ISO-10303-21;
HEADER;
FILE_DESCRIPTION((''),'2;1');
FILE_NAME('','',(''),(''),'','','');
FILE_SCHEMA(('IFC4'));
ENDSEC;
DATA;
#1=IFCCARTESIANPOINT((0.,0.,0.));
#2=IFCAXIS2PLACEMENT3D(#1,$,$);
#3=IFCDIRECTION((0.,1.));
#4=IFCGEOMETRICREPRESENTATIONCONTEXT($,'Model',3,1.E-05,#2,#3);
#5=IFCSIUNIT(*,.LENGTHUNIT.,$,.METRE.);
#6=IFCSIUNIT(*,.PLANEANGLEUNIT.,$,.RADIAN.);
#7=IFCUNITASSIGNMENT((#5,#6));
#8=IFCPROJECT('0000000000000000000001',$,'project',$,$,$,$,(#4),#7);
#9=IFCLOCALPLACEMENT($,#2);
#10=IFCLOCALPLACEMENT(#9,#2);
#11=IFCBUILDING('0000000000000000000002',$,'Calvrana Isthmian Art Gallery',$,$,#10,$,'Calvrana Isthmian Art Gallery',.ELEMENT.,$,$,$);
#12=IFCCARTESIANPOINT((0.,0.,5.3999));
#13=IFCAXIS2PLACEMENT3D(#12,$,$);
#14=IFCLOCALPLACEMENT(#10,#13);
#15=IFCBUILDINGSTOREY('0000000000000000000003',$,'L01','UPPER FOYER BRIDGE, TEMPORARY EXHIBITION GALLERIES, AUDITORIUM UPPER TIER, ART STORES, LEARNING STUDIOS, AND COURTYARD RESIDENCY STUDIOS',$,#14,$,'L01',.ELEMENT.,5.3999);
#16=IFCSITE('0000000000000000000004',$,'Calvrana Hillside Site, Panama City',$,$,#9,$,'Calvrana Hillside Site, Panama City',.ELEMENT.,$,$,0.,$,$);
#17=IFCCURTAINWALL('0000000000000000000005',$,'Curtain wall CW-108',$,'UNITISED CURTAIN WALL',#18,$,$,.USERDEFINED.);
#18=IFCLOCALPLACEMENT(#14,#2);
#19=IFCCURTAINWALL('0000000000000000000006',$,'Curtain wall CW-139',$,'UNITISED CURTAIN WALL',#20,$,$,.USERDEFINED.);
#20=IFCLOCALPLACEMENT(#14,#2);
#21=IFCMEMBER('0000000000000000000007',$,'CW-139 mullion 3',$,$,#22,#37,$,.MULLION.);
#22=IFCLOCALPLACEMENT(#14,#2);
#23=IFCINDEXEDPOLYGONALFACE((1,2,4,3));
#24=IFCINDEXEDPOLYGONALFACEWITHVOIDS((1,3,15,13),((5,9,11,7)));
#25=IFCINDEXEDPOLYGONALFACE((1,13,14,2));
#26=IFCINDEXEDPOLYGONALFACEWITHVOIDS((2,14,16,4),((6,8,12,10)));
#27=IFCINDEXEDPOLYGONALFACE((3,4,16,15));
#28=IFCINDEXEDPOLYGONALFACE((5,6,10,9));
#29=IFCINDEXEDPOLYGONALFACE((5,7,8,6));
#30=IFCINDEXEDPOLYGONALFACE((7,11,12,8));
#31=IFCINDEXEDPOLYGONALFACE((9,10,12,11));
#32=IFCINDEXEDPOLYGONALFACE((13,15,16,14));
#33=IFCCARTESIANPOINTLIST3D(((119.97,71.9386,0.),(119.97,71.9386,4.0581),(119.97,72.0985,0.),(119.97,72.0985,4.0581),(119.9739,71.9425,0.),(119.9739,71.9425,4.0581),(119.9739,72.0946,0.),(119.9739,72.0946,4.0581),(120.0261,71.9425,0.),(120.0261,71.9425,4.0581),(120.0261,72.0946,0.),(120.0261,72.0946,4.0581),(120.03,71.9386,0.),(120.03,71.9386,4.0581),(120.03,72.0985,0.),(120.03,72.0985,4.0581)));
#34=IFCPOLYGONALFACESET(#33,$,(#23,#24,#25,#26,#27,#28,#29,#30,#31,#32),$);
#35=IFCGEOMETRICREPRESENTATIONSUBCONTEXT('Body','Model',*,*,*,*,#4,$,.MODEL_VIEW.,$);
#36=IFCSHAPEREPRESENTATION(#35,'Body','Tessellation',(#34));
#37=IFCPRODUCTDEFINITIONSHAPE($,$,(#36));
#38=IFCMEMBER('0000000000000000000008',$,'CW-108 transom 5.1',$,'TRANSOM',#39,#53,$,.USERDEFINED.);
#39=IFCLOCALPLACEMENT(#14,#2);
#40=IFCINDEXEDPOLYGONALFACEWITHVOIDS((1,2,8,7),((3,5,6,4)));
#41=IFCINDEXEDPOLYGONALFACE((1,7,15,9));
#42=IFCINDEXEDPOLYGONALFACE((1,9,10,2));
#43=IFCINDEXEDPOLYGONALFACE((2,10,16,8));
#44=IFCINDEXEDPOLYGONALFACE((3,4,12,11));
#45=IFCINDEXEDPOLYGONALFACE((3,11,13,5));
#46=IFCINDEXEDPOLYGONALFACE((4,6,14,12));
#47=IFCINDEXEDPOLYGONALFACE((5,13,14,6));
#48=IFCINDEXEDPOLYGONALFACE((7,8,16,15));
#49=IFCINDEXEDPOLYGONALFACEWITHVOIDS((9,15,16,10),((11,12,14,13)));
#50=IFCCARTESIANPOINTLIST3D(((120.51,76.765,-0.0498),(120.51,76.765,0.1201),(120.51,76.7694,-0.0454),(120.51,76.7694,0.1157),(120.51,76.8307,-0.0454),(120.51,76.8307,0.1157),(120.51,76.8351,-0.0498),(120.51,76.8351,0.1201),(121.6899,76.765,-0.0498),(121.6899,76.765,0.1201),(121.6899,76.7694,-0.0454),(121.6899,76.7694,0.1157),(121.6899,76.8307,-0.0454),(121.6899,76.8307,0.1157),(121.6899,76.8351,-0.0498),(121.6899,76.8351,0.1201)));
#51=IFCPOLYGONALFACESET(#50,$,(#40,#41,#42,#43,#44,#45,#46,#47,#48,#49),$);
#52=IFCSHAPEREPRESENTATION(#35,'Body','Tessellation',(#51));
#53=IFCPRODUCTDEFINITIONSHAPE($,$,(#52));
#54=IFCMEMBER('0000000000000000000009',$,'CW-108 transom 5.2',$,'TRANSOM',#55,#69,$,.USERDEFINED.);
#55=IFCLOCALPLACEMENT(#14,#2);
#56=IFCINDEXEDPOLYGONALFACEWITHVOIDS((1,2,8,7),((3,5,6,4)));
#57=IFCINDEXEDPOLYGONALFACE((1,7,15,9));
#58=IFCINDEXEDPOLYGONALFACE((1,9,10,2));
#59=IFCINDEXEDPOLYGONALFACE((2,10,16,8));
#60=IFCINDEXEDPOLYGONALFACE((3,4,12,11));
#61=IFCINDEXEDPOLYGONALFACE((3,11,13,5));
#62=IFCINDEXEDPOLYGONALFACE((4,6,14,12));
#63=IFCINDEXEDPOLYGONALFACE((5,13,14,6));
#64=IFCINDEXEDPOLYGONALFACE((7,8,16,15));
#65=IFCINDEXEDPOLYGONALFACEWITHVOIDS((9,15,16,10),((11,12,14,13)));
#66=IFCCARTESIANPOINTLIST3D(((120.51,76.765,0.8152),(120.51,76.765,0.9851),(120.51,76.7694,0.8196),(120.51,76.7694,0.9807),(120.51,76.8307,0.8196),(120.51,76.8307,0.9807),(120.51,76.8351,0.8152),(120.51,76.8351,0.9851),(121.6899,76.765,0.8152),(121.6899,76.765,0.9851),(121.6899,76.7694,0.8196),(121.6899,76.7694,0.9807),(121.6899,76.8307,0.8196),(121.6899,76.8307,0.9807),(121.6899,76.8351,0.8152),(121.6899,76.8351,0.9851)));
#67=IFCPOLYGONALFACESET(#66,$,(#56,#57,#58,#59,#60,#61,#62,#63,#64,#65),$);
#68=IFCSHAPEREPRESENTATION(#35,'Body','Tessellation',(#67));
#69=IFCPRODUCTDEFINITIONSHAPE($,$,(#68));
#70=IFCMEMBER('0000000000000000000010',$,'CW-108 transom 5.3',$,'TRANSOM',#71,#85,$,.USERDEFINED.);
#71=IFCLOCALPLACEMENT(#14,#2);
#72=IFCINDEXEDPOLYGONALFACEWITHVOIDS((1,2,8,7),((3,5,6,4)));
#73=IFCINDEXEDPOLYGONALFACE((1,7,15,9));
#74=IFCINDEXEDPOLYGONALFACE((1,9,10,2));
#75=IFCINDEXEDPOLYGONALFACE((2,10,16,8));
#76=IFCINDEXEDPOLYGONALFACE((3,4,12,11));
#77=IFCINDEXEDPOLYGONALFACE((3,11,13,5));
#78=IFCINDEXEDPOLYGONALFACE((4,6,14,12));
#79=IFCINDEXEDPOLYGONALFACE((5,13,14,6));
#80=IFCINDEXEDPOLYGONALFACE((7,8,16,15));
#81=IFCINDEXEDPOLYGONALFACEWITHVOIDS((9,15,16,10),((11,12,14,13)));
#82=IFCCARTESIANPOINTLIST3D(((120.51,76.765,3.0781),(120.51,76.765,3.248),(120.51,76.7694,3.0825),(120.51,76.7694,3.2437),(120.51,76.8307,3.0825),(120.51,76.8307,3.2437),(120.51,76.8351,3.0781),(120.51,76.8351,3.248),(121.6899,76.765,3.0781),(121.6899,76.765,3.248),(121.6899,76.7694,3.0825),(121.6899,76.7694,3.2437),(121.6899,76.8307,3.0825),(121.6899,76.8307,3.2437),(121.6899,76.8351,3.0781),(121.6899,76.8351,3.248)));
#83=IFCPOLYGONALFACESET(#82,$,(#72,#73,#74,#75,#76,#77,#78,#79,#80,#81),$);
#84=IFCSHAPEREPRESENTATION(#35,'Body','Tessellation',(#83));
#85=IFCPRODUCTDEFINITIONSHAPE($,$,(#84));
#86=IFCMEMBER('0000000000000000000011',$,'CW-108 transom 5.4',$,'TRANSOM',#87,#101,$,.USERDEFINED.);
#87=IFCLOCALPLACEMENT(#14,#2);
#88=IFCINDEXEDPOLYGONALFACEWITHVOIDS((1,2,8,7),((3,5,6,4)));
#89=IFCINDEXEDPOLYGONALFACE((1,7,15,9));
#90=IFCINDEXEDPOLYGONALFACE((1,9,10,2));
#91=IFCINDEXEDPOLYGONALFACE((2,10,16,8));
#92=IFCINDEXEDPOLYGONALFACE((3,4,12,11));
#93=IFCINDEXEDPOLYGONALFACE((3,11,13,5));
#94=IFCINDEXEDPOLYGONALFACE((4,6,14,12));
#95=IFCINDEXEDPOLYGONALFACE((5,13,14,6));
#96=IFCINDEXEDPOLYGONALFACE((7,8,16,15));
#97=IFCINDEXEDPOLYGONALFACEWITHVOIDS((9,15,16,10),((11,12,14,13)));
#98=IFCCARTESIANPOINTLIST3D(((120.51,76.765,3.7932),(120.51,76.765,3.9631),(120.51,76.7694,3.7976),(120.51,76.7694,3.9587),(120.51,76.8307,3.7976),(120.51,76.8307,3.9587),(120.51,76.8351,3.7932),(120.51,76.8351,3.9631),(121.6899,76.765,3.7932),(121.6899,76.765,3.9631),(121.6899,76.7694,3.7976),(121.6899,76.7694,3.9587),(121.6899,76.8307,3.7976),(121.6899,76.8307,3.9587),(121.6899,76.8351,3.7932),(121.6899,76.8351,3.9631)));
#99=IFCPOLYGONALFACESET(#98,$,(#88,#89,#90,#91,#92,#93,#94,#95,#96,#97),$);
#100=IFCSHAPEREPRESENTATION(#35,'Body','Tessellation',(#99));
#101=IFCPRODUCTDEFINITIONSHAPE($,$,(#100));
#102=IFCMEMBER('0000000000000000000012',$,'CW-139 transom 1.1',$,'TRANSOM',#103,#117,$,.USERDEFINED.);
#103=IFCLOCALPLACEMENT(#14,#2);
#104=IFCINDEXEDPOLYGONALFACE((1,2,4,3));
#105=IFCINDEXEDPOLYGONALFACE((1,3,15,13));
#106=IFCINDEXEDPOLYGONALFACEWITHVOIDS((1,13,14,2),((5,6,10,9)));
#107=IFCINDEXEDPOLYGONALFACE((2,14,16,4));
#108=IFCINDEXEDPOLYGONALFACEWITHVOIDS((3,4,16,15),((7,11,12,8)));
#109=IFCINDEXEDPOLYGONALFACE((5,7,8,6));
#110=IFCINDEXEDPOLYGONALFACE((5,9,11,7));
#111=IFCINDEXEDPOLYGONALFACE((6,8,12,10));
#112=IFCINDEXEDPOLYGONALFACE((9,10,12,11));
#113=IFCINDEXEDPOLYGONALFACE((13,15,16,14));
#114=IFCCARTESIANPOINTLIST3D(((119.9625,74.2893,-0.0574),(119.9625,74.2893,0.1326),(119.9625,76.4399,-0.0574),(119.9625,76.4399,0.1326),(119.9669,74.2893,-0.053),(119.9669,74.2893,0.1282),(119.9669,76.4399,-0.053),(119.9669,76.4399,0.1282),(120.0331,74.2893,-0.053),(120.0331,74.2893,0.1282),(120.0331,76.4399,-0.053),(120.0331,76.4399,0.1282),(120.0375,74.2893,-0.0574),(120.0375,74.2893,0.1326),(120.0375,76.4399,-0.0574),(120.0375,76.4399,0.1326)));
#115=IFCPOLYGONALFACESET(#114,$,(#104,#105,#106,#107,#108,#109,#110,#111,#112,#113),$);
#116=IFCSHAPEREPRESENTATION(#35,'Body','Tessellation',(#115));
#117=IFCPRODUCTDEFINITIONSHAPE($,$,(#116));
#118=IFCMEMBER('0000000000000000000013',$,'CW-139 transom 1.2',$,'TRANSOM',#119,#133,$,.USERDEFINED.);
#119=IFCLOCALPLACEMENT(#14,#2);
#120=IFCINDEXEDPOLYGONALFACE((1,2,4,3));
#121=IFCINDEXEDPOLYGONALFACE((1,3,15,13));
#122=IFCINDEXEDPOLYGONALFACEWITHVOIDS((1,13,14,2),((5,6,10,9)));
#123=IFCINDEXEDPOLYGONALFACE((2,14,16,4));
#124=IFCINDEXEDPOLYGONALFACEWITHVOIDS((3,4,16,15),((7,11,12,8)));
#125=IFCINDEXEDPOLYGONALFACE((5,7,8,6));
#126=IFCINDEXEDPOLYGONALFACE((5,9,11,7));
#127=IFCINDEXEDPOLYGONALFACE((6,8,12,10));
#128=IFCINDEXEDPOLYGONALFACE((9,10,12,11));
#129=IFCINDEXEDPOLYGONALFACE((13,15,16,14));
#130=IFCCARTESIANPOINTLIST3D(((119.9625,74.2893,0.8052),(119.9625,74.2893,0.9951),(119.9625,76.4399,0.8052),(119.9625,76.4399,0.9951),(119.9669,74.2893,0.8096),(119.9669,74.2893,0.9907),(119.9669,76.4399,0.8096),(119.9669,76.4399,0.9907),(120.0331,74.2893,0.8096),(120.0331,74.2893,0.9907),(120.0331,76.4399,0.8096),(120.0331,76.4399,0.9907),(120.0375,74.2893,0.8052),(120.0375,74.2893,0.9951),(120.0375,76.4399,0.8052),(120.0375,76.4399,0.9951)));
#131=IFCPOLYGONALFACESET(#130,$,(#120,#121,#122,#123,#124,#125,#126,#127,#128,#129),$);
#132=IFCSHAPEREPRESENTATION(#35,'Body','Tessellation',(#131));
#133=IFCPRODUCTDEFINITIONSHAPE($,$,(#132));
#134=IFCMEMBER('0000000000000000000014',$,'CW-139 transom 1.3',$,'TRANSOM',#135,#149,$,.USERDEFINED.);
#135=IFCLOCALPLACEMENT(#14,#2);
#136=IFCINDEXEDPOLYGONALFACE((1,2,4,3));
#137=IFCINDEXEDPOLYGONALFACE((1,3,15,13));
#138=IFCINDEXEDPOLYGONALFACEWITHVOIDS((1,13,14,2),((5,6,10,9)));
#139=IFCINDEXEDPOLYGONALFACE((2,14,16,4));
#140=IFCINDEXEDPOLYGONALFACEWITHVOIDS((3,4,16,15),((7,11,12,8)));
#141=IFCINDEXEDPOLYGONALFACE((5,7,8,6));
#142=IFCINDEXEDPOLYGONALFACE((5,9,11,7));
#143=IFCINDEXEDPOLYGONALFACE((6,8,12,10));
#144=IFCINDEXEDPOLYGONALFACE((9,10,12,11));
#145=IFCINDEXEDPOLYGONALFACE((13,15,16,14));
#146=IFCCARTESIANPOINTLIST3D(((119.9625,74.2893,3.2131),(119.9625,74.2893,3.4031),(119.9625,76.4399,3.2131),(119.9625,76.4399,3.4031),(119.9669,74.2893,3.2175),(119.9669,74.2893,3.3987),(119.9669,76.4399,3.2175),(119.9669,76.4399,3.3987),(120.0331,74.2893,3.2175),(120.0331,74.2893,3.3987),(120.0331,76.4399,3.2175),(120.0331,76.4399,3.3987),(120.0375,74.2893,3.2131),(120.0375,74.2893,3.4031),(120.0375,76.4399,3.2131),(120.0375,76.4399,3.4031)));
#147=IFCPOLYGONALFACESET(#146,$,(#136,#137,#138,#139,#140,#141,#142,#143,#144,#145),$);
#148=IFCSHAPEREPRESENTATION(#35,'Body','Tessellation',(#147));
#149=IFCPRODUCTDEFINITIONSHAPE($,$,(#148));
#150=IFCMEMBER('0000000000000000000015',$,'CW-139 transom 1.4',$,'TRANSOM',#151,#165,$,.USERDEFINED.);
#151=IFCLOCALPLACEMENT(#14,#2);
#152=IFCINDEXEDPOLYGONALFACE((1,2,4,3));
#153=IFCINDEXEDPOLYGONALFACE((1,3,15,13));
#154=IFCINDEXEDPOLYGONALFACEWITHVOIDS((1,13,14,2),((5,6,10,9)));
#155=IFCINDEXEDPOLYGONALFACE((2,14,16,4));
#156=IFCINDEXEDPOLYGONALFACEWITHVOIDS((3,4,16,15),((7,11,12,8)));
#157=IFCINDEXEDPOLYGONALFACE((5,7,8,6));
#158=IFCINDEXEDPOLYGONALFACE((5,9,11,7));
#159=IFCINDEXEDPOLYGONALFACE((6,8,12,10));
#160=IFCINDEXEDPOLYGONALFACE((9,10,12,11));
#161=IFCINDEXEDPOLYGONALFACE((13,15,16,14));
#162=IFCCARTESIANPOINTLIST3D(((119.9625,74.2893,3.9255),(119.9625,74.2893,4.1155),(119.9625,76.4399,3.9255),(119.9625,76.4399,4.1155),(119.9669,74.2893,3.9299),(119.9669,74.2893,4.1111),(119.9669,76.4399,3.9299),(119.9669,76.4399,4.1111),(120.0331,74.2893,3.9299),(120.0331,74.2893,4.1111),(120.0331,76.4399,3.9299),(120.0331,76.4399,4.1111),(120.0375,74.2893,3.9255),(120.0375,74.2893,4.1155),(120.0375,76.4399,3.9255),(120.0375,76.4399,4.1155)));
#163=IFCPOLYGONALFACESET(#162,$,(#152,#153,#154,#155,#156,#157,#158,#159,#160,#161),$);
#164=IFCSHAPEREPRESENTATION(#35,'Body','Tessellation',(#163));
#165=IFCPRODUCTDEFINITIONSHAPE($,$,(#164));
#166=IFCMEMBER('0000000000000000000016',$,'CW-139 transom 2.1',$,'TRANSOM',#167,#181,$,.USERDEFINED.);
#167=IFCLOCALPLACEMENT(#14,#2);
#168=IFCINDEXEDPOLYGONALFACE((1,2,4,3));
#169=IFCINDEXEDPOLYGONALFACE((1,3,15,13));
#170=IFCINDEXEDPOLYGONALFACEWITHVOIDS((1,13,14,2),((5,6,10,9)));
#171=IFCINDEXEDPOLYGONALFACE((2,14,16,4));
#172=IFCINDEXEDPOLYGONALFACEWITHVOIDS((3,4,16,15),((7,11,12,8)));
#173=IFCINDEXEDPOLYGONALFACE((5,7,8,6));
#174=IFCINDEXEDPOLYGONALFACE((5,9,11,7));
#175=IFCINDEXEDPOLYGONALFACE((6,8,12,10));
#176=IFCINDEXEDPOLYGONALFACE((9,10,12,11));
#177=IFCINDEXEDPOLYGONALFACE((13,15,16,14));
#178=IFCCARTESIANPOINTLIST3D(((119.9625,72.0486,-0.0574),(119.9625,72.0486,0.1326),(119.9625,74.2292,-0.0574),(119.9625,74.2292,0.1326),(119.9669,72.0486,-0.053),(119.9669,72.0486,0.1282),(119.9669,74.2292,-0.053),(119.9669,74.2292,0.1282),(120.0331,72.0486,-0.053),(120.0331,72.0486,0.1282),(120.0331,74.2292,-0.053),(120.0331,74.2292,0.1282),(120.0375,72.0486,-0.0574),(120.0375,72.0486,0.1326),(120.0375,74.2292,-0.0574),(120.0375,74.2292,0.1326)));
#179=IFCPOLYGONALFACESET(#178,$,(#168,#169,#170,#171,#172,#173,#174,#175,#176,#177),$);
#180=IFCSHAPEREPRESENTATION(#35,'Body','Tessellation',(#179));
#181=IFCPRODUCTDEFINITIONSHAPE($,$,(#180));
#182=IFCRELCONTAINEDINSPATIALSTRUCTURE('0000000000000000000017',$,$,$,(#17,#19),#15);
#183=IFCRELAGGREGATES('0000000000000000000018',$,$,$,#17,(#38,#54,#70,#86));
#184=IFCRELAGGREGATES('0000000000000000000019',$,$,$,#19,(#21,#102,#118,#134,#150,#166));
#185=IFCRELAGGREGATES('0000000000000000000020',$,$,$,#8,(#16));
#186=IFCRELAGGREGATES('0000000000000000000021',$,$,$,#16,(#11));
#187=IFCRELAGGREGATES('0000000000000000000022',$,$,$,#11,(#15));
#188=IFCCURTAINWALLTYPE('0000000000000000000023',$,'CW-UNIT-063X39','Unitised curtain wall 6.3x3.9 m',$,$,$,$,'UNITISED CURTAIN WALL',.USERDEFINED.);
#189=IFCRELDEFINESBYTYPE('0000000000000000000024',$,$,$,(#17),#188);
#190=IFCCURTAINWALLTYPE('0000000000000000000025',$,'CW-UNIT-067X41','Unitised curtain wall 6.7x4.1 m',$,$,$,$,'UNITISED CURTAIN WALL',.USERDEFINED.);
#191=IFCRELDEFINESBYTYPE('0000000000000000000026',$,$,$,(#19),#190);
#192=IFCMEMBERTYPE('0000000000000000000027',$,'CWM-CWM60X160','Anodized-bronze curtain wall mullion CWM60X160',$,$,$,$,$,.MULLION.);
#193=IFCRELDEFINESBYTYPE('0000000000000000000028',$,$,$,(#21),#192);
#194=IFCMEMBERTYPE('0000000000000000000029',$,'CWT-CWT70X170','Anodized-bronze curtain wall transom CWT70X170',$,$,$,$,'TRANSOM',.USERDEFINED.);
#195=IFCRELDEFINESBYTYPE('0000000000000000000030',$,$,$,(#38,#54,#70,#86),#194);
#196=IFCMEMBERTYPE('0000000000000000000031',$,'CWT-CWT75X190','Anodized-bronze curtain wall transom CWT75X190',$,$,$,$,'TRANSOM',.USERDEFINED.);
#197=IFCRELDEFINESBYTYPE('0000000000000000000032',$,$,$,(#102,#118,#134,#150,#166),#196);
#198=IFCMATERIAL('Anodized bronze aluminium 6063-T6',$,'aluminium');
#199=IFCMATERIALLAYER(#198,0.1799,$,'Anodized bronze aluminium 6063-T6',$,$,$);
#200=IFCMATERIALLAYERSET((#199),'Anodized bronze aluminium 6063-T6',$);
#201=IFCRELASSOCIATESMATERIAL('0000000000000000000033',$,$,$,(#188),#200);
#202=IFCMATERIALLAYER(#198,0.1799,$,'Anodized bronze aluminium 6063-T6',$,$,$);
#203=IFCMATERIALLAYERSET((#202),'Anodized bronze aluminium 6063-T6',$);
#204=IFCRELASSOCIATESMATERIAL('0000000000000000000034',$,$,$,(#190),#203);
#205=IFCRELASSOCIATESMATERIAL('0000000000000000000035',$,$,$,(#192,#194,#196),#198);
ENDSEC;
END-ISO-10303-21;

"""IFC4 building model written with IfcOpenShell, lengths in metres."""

from ifc_helpers import new_model, si_unit, direction, frame, origin, origin_2d, place, context, subcontext, project, spatial, hollow_rectangle, extrude, material, layer, layer_set, material_profile, profile_set, type_object, element, aggregate, save


model = new_model("IFC4")

# Units and contexts
model_context = context("Model", 3, precision=1e-05, world=origin(), true_north=direction((0.0, 1.0)))
body_context = subcontext(model_context, "Body", "Model", "MODEL_VIEW")
ifc_project = project(units=[si_unit("LENGTHUNIT", "METRE"), si_unit("PLANEANGLEUNIT", "RADIAN")], contexts=[model_context])

# Site, building, storey
site_placement = place(None, origin())
site = spatial("IfcSite", under=ifc_project, at=site_placement, Name="Calvrana Hillside Site, Panama City", LongName="Calvrana Hillside Site, Panama City", CompositionType="ELEMENT", RefElevation=0.0)
building_placement = place(site_placement, origin())
building = spatial("IfcBuilding", under=site, at=building_placement, Name="Calvrana Isthmian Art Gallery", LongName="Calvrana Isthmian Art Gallery", CompositionType="ELEMENT")
storey_placement = place(building_placement, frame((0.0, 0.0, 5.3999)))
storey = spatial("IfcBuildingStorey", under=building, at=storey_placement, Name="L01", Description="UPPER FOYER BRIDGE, TEMPORARY EXHIBITION GALLERIES, AUDITORIUM UPPER TIER, ART STORES, LEARNING STUDIOS, AND COURTYARD RESIDENCY STUDIOS", LongName="L01", CompositionType="ELEMENT", Elevation=5.3999)

# Curtain walls, member
ifc_material_1 = material(Name="Anodized bronze aluminium 6063-T6", Category="aluminium")
ifc_layer_1 = layer(ifc_material_1, 0.1799, Name="Anodized bronze aluminium 6063-T6")
ifc_layer_set_1 = layer_set([ifc_layer_1], Name="Anodized bronze aluminium 6063-T6")
curtain_wall_type_1 = type_object("IfcCurtainWallType", Name="CW-UNIT-063X39", Description="Unitised curtain wall 6.3x3.9 m", ElementType="UNITISED CURTAIN WALL", PredefinedType="USERDEFINED", material=ifc_layer_set_1)
curtain_wall_1_placement = place(storey_placement, origin())
curtain_wall_1 = element("IfcCurtainWall", 1, at=curtain_wall_1_placement, inside=storey, type_object=curtain_wall_type_1, Name="Curtain wall CW-108", ObjectType="UNITISED CURTAIN WALL", PredefinedType="USERDEFINED")
ifc_layer_2 = layer(ifc_material_1, 0.1799, Name="Anodized bronze aluminium 6063-T6")
ifc_layer_set_2 = layer_set([ifc_layer_2], Name="Anodized bronze aluminium 6063-T6")
curtain_wall_type_2 = type_object("IfcCurtainWallType", Name="CW-UNIT-067X41", Description="Unitised curtain wall 6.7x4.1 m", ElementType="UNITISED CURTAIN WALL", PredefinedType="USERDEFINED", material=ifc_layer_set_2)
curtain_wall_2_placement = place(storey_placement, origin())
curtain_wall_2 = element("IfcCurtainWall", 2, at=curtain_wall_2_placement, inside=storey, type_object=curtain_wall_type_2, Name="Curtain wall CW-139", ObjectType="UNITISED CURTAIN WALL", PredefinedType="USERDEFINED")
ifc_material_profile_1 = material_profile(ifc_material_1, hollow_rectangle(XDim=0.0601, YDim=0.1599, WallThickness=0.0039, at=origin_2d()), Name="CWM60X160")
ifc_profile_set_1 = profile_set([ifc_material_profile_1], Name="Anodized bronze aluminium 6063-T6")
member_type_1 = type_object("IfcMemberType", Name="CWM-CWM60X160", Description="Anodized-bronze curtain wall mullion CWM60X160", PredefinedType="MULLION", material=ifc_profile_set_1)
member_1_placement = place(storey_placement, frame((120.0, 72.0186, 0.0), z_axis=(0.0, 0.0, 1.0), x_axis=(1.0, 0.0, 0.0)))
member_1 = element("IfcMember", 3, at=member_1_placement, type_object=member_type_1, Name="CW-139 mullion 3", PredefinedType="MULLION", context=body_context, shape_type="SweptSolid", body=[
    extrude(hollow_rectangle(XDim=0.0601, YDim=0.1599, WallThickness=0.0039, at=origin_2d()), origin(), (0.0, 0.0, 1.0), 4.0581),
])

# Members
ifc_material_profile_2 = material_profile(ifc_material_1, hollow_rectangle(XDim=0.0701, YDim=0.1699, WallThickness=0.0044, at=origin_2d()), Name="CWT70X170")
ifc_profile_set_2 = profile_set([ifc_material_profile_2], Name="Anodized bronze aluminium 6063-T6")
member_type_2 = type_object("IfcMemberType", Name="CWT-CWT70X170", Description="Anodized-bronze curtain wall transom CWT70X170", ElementType="TRANSOM", PredefinedType="USERDEFINED", material=ifc_profile_set_2)
member_2_placement = place(storey_placement, frame((121.6899, 76.8, 0.0352), z_axis=(-1.0, 0.0, 0.0), x_axis=(0.0, -1.0, 0.0)))
member_2 = element("IfcMember", 4, at=member_2_placement, type_object=member_type_2, Name="CW-108 transom 5.1", ObjectType="TRANSOM", PredefinedType="USERDEFINED", context=body_context, shape_type="SweptSolid", body=[
    extrude(hollow_rectangle(XDim=0.0701, YDim=0.1699, WallThickness=0.0044, at=origin_2d()), origin(), (0.0, 0.0, 1.0), 1.1799),
])
member_3_placement = place(storey_placement, frame((121.6899, 76.8, 0.9001), z_axis=(-1.0, 0.0, 0.0), x_axis=(0.0, -1.0, 0.0)))
member_3 = element("IfcMember", 5, at=member_3_placement, type_object=member_type_2, Name="CW-108 transom 5.2", ObjectType="TRANSOM", PredefinedType="USERDEFINED", context=body_context, shape_type="SweptSolid", body=[
    extrude(hollow_rectangle(XDim=0.0701, YDim=0.1699, WallThickness=0.0044, at=origin_2d()), origin(), (0.0, 0.0, 1.0), 1.1799),
])
member_4_placement = place(storey_placement, frame((121.6899, 76.8, 3.1631), z_axis=(-1.0, 0.0, 0.0), x_axis=(0.0, -1.0, 0.0)))
member_4 = element("IfcMember", 6, at=member_4_placement, type_object=member_type_2, Name="CW-108 transom 5.3", ObjectType="TRANSOM", PredefinedType="USERDEFINED", context=body_context, shape_type="SweptSolid", body=[
    extrude(hollow_rectangle(XDim=0.0701, YDim=0.1699, WallThickness=0.0044, at=origin_2d()), origin(), (0.0, 0.0, 1.0), 1.1799),
])
member_5_placement = place(storey_placement, frame((121.6899, 76.8, 3.8782), z_axis=(-1.0, 0.0, 0.0), x_axis=(0.0, -1.0, 0.0)))
member_5 = element("IfcMember", 7, at=member_5_placement, type_object=member_type_2, Name="CW-108 transom 5.4", ObjectType="TRANSOM", PredefinedType="USERDEFINED", context=body_context, shape_type="SweptSolid", body=[
    extrude(hollow_rectangle(XDim=0.0701, YDim=0.1699, WallThickness=0.0044, at=origin_2d()), origin(), (0.0, 0.0, 1.0), 1.1799),
])
ifc_material_profile_3 = material_profile(ifc_material_1, hollow_rectangle(XDim=0.075, YDim=0.1899, WallThickness=0.0044, at=origin_2d()), Name="CWT75X190")
ifc_profile_set_3 = profile_set([ifc_material_profile_3], Name="Anodized bronze aluminium 6063-T6")
member_type_3 = type_object("IfcMemberType", Name="CWT-CWT75X190", Description="Anodized-bronze curtain wall transom CWT75X190", ElementType="TRANSOM", PredefinedType="USERDEFINED", material=ifc_profile_set_3)
member_6_placement = place(storey_placement, frame((120.0, 76.4399, 0.0376), z_axis=(0.0, -1.0, 0.0), x_axis=(1.0, 0.0, 0.0)))
member_6 = element("IfcMember", 8, at=member_6_placement, type_object=member_type_3, Name="CW-139 transom 1.1", ObjectType="TRANSOM", PredefinedType="USERDEFINED", context=body_context, shape_type="SweptSolid", body=[
    extrude(hollow_rectangle(XDim=0.075, YDim=0.1899, WallThickness=0.0044, at=origin_2d()), origin(), (0.0, 0.0, 1.0), 2.1506),
])
member_7_placement = place(storey_placement, frame((120.0, 76.4399, 0.9001), z_axis=(0.0, -1.0, 0.0), x_axis=(1.0, 0.0, 0.0)))
member_7 = element("IfcMember", 9, at=member_7_placement, type_object=member_type_3, Name="CW-139 transom 1.2", ObjectType="TRANSOM", PredefinedType="USERDEFINED", context=body_context, shape_type="SweptSolid", body=[
    extrude(hollow_rectangle(XDim=0.075, YDim=0.1899, WallThickness=0.0044, at=origin_2d()), origin(), (0.0, 0.0, 1.0), 2.1506),
])
member_8_placement = place(storey_placement, frame((120.0, 76.4399, 3.3081), z_axis=(0.0, -1.0, 0.0), x_axis=(1.0, 0.0, 0.0)))
member_8 = element("IfcMember", 10, at=member_8_placement, type_object=member_type_3, Name="CW-139 transom 1.3", ObjectType="TRANSOM", PredefinedType="USERDEFINED", context=body_context, shape_type="SweptSolid", body=[
    extrude(hollow_rectangle(XDim=0.075, YDim=0.1899, WallThickness=0.0044, at=origin_2d()), origin(), (0.0, 0.0, 1.0), 2.1506),
])
member_9_placement = place(storey_placement, frame((120.0, 76.4399, 4.0205), z_axis=(0.0, -1.0, 0.0), x_axis=(1.0, 0.0, 0.0)))
member_9 = element("IfcMember", 11, at=member_9_placement, type_object=member_type_3, Name="CW-139 transom 1.4", ObjectType="TRANSOM", PredefinedType="USERDEFINED", context=body_context, shape_type="SweptSolid", body=[
    extrude(hollow_rectangle(XDim=0.075, YDim=0.1899, WallThickness=0.0044, at=origin_2d()), origin(), (0.0, 0.0, 1.0), 2.1506),
])
member_10_placement = place(storey_placement, frame((120.0, 74.2292, 0.0376), z_axis=(0.0, -1.0, 0.0), x_axis=(1.0, 0.0, 0.0)))
member_10 = element("IfcMember", 12, at=member_10_placement, type_object=member_type_3, Name="CW-139 transom 2.1", ObjectType="TRANSOM", PredefinedType="USERDEFINED", context=body_context, shape_type="SweptSolid", body=[
    extrude(hollow_rectangle(XDim=0.075, YDim=0.1899, WallThickness=0.0044, at=origin_2d()), origin(), (0.0, 0.0, 1.0), 2.1807),
])

aggregate(curtain_wall_1, [member_2, member_3, member_4, member_5])
aggregate(curtain_wall_2, [member_1, member_6, member_7, member_8, member_9, member_10])

save(model, "model.ifc")
